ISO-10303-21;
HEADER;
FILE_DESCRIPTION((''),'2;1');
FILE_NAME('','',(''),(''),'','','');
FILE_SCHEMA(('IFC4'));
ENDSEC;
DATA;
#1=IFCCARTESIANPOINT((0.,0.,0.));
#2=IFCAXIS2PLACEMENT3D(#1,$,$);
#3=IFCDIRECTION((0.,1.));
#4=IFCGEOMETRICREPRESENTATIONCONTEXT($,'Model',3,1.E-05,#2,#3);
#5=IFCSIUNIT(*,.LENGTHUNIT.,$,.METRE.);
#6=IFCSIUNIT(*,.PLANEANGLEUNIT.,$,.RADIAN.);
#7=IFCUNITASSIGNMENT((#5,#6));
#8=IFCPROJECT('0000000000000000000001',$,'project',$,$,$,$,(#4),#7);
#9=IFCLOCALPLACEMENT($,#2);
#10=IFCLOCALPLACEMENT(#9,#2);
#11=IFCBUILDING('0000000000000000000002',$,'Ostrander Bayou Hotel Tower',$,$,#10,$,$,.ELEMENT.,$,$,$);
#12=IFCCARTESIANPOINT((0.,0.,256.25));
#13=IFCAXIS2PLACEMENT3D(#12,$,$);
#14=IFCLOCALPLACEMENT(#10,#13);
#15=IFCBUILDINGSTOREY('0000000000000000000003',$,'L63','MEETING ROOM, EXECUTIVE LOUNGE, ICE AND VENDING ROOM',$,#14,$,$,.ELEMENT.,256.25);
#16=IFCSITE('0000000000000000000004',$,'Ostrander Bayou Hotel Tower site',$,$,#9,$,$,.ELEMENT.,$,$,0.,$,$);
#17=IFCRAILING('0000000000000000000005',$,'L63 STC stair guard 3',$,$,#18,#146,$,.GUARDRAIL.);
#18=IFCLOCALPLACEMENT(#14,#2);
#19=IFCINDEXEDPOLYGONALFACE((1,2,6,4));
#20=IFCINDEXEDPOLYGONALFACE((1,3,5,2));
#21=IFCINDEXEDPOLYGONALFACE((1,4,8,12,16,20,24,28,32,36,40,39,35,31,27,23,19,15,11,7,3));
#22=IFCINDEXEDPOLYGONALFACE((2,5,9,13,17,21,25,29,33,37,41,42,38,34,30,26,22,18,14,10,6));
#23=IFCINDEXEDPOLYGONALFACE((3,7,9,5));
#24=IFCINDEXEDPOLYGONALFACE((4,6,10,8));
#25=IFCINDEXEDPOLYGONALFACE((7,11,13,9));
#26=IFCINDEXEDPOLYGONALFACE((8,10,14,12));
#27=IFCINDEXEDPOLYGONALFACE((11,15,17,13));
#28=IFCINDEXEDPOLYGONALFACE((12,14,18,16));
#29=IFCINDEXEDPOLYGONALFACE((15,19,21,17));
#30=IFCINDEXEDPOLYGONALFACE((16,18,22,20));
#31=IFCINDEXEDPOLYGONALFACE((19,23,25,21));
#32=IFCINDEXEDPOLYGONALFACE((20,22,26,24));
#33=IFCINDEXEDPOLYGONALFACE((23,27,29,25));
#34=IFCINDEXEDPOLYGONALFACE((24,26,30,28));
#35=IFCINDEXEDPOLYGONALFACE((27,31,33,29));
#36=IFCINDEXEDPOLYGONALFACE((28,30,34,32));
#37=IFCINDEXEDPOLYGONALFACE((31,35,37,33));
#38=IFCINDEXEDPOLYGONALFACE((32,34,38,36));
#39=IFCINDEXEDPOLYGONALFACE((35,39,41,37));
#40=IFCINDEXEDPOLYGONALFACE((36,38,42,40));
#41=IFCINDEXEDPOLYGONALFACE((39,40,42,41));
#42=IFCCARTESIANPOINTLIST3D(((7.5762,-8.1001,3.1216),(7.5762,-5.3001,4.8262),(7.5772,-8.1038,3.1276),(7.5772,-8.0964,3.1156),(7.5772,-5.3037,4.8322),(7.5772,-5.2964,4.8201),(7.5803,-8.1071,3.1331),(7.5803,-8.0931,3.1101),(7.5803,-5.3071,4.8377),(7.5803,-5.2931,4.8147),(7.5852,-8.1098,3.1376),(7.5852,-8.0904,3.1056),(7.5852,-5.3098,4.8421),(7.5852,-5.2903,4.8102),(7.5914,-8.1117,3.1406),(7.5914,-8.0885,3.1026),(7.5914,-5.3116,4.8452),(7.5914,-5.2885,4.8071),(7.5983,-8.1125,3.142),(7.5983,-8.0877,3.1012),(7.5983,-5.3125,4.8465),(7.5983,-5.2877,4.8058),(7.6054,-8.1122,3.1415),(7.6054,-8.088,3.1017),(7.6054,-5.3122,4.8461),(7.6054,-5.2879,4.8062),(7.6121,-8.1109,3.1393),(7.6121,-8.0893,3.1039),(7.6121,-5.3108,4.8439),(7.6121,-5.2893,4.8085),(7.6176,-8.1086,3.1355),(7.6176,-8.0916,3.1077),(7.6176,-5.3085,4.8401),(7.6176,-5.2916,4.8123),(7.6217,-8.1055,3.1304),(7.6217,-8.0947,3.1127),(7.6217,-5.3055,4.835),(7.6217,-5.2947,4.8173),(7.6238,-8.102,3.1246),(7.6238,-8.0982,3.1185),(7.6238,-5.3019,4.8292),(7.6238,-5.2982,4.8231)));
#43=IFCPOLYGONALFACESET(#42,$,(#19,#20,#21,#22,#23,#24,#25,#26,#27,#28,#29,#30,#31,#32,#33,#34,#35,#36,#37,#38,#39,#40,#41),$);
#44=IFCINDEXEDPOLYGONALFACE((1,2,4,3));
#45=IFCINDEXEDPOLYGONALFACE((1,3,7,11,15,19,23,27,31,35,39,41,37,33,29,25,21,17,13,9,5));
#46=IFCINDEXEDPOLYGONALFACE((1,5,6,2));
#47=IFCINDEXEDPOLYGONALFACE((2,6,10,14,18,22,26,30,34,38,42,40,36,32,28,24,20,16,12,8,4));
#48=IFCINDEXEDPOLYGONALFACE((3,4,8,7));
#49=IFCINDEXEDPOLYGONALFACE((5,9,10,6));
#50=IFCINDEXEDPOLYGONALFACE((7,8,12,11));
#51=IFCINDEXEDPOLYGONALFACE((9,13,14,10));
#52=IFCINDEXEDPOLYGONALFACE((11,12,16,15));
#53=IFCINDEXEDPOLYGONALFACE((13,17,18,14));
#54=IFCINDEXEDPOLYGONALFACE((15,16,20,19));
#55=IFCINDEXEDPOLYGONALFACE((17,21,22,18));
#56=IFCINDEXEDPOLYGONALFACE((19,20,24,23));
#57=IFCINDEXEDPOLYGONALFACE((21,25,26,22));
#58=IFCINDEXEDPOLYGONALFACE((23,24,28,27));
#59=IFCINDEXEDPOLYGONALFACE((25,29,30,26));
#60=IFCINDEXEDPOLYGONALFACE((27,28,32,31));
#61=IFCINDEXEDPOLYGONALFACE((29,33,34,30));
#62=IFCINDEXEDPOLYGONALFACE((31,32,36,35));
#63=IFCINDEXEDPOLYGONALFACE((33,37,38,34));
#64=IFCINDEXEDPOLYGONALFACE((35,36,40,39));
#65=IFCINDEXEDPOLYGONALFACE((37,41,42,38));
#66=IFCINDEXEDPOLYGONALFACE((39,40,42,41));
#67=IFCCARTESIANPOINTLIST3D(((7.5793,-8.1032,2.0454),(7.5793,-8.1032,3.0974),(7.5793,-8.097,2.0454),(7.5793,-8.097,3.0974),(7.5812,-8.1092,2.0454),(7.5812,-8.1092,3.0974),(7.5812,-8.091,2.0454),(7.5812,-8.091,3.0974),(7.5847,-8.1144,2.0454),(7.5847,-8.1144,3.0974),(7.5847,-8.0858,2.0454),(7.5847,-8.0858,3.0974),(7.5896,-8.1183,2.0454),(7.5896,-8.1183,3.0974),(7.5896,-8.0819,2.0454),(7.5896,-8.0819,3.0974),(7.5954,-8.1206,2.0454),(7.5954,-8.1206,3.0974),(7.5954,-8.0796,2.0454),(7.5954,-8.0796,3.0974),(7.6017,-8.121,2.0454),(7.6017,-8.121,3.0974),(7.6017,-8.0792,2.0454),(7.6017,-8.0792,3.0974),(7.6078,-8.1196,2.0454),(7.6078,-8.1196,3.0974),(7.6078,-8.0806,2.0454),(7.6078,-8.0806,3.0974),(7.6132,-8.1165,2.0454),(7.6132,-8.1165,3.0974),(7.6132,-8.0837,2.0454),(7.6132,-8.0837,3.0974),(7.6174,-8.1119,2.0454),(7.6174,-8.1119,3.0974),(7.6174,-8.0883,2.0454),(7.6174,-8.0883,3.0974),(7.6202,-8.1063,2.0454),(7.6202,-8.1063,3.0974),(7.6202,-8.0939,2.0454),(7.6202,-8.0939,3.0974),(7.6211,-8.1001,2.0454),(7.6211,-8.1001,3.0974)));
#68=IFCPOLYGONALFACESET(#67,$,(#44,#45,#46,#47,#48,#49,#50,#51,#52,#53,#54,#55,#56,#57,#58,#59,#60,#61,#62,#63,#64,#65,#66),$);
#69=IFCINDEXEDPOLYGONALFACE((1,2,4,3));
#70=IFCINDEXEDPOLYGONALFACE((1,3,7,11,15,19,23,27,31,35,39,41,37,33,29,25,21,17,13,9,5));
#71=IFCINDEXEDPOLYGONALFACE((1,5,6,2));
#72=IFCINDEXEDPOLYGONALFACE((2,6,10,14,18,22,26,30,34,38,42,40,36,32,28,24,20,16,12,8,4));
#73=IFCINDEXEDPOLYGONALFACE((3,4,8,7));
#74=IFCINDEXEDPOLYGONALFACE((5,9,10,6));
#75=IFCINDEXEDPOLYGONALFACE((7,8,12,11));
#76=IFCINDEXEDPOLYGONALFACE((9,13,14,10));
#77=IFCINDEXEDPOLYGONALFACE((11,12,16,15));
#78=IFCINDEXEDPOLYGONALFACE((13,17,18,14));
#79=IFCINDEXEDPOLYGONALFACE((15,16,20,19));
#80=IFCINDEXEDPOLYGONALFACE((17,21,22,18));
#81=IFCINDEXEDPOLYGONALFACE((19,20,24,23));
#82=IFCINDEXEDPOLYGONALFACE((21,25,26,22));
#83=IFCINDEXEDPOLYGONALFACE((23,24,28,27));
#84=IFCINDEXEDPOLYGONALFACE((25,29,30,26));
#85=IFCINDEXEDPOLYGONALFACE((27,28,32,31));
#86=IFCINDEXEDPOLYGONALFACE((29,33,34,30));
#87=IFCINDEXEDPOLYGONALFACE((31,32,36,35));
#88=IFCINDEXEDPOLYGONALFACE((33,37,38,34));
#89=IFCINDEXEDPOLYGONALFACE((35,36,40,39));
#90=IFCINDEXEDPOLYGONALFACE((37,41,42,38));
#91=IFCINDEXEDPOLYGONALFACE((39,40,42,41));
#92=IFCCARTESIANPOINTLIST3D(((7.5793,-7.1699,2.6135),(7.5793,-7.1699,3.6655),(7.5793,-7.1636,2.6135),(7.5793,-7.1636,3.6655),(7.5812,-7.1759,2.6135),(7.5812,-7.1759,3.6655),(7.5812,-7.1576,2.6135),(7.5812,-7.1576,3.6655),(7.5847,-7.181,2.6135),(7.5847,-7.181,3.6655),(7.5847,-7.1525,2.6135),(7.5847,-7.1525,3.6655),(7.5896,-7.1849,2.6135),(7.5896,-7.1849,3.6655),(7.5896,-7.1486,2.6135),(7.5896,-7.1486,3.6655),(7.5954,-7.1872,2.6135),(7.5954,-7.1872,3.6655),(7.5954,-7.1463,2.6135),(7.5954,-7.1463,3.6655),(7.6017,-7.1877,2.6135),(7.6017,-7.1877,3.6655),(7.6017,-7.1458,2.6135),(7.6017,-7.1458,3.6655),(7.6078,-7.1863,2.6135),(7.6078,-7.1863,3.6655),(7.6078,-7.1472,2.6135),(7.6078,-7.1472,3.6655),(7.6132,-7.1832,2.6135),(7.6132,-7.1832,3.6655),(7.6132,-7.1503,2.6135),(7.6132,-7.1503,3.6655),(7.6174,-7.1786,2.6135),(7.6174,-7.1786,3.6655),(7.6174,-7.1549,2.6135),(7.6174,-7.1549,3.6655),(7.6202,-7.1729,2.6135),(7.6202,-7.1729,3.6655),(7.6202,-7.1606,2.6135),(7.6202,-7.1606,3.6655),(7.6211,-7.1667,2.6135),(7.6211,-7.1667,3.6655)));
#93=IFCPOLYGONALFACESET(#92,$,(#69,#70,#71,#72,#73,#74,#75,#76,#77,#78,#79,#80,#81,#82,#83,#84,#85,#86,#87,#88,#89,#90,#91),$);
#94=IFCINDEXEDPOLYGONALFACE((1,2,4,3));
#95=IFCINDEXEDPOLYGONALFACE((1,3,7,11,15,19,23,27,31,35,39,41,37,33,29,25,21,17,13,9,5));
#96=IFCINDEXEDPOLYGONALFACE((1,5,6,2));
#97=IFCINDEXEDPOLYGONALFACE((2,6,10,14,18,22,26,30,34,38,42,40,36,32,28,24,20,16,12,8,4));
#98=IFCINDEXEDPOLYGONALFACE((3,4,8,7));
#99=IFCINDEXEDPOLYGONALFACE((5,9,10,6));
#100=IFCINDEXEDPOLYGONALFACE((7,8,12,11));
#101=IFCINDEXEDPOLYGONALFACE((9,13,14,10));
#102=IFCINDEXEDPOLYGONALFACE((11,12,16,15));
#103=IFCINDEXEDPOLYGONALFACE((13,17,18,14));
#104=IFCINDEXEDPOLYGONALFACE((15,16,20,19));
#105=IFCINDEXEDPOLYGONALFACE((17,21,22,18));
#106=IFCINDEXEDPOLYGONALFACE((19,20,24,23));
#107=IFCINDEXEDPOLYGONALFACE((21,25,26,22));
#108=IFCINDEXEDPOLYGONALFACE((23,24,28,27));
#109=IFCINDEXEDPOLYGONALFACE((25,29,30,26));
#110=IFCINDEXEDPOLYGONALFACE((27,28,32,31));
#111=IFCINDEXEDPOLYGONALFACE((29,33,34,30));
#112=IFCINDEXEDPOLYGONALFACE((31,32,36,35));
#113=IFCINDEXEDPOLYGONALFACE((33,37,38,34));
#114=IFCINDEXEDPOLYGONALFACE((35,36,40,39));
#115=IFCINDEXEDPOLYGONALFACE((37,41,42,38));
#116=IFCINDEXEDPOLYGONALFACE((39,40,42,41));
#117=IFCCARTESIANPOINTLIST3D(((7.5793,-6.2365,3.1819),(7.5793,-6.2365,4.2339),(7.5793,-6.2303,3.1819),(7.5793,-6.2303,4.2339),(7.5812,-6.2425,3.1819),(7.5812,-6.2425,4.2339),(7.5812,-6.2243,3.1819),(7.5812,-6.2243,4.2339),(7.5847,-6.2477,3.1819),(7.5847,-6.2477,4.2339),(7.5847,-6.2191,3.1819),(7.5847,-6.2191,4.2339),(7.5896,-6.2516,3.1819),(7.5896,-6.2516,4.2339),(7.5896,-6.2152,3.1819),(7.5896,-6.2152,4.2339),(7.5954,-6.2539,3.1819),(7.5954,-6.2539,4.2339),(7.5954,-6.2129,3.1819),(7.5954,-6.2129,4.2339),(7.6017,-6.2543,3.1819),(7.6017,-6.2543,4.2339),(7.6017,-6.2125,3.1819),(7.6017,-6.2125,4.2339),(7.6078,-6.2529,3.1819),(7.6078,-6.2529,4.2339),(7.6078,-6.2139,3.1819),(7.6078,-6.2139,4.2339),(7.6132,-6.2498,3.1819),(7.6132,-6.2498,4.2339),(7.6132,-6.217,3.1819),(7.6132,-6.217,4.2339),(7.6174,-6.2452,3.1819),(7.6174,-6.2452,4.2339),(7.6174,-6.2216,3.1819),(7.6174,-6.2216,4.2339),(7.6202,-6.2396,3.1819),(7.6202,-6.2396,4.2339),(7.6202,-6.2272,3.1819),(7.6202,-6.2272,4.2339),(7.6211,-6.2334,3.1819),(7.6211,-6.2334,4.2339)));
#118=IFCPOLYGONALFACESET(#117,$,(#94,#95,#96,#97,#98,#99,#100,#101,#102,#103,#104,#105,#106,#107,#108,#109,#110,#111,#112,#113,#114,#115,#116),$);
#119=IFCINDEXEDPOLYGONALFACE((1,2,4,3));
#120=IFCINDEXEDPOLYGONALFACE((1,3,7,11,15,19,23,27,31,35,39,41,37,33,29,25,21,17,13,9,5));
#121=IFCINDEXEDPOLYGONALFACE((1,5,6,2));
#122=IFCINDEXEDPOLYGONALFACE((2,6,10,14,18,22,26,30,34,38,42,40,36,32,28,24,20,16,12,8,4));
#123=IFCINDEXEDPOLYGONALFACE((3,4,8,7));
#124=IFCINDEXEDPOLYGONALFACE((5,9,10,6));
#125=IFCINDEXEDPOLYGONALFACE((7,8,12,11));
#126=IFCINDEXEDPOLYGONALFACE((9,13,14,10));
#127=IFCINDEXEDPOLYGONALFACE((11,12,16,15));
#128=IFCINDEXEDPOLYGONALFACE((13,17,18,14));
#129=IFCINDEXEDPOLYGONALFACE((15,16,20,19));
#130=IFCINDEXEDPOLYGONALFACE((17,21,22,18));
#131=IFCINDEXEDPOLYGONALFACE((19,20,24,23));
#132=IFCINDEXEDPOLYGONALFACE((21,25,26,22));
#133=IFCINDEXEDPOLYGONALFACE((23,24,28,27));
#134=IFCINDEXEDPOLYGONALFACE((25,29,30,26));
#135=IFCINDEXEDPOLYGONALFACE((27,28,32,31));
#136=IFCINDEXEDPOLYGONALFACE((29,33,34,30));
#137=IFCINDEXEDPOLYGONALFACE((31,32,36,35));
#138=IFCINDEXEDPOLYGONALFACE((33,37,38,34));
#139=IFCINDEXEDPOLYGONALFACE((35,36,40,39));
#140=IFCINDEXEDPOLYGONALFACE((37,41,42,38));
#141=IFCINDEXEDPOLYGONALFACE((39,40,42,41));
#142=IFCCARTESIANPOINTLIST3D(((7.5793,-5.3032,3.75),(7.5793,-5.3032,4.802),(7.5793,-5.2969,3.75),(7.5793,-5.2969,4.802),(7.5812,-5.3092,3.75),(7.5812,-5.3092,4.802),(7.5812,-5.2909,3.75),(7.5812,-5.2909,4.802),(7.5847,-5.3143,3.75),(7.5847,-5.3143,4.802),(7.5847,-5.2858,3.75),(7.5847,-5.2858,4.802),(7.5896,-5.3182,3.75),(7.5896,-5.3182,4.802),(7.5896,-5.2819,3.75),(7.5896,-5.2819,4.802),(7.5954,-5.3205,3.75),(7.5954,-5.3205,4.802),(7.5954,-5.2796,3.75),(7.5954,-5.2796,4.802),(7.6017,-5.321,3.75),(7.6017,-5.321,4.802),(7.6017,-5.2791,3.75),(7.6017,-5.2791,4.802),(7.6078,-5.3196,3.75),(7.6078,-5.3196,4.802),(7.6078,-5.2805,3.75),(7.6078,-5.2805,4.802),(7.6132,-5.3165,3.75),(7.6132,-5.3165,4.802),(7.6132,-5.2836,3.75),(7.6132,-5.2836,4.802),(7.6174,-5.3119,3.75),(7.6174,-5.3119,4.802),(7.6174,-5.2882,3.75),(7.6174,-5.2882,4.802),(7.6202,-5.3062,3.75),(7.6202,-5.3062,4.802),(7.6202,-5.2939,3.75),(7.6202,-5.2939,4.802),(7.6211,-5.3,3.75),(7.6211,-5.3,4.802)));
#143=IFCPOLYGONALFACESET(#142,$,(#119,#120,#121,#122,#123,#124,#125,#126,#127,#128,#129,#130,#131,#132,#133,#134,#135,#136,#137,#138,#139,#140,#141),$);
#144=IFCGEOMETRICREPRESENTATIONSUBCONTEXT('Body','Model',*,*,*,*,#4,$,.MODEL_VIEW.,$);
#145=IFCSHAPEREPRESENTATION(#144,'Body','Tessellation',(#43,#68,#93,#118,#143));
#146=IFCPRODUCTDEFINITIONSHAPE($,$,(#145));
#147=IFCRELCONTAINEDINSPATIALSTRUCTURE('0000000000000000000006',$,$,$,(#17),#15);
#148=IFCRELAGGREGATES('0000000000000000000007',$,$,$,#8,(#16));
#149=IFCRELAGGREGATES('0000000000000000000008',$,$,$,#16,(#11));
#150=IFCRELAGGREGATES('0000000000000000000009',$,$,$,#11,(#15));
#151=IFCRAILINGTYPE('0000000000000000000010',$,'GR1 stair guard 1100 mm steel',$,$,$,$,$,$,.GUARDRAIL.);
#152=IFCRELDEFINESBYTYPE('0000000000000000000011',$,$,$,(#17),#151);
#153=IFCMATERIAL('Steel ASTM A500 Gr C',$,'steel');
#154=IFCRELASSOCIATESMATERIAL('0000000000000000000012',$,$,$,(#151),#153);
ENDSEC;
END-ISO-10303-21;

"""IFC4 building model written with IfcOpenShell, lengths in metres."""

from ifc_helpers import new_model, si_unit, direction, frame, origin, origin_2d, place, context, subcontext, project, spatial, circle, extrude, material, type_object, element, save


model = new_model("IFC4")

# Units and contexts
model_context = context("Model", 3, precision=1e-05, world=origin(), true_north=direction((0.0, 1.0)))
body_context = subcontext(model_context, "Body", "Model", "MODEL_VIEW")
ifc_project = project(units=[si_unit("LENGTHUNIT", "METRE"), si_unit("PLANEANGLEUNIT", "RADIAN")], contexts=[model_context])

# Site, building, storey
site_placement = place(None, origin())
site = spatial("IfcSite", under=ifc_project, at=site_placement, Name="Ostrander Bayou Hotel Tower site", CompositionType="ELEMENT", RefElevation=0.0)
building_placement = place(site_placement, origin())
building = spatial("IfcBuilding", under=site, at=building_placement, Name="Ostrander Bayou Hotel Tower", CompositionType="ELEMENT")
storey_placement = place(building_placement, frame((0.0, 0.0, 256.25)))
storey = spatial("IfcBuildingStorey", under=building, at=storey_placement, Name="L63", Description="MEETING ROOM, EXECUTIVE LOUNGE, ICE AND VENDING ROOM", CompositionType="ELEMENT", Elevation=256.25)

# Railing
ifc_material_1 = material(Name="Steel ASTM A500 Gr C", Category="steel")
railing_type_1 = type_object("IfcRailingType", Name="GR1 stair guard 1100 mm steel", PredefinedType="GUARDRAIL", material=ifc_material_1)
railing_1_placement = place(storey_placement, frame((7.6001, -8.1001, 2.0454)))
element("IfcRailing", 1, at=railing_1_placement, inside=storey, type_object=railing_type_1, Name="L63 STC stair guard 3", PredefinedType="GUARDRAIL", context=body_context, shape_type="SweptSolid", body=[
    extrude(circle(Radius=0.0239, at=origin_2d()), frame((0.0, 0.0, 1.0762), z_axis=(0.0, 0.85417, 0.519994), x_axis=(-1.0, 0.0, 0.0)), (0.0, 0.0, 1.0), 3.2781),
    extrude(circle(Radius=0.021, at=origin_2d()), origin(), (0.0, 0.0, 1.0), 1.052),
    extrude(circle(Radius=0.021, at=origin_2d()), frame((0.0, 0.9333, 0.5681)), (0.0, 0.0, 1.0), 1.052),
    extrude(circle(Radius=0.021, at=origin_2d()), frame((0.0, 1.8667, 1.1365)), (0.0, 0.0, 1.0), 1.052),
    extrude(circle(Radius=0.021, at=origin_2d()), frame((0.0, 2.8, 1.7046)), (0.0, 0.0, 1.0), 1.052),
])

save(model, "model.ifc")
